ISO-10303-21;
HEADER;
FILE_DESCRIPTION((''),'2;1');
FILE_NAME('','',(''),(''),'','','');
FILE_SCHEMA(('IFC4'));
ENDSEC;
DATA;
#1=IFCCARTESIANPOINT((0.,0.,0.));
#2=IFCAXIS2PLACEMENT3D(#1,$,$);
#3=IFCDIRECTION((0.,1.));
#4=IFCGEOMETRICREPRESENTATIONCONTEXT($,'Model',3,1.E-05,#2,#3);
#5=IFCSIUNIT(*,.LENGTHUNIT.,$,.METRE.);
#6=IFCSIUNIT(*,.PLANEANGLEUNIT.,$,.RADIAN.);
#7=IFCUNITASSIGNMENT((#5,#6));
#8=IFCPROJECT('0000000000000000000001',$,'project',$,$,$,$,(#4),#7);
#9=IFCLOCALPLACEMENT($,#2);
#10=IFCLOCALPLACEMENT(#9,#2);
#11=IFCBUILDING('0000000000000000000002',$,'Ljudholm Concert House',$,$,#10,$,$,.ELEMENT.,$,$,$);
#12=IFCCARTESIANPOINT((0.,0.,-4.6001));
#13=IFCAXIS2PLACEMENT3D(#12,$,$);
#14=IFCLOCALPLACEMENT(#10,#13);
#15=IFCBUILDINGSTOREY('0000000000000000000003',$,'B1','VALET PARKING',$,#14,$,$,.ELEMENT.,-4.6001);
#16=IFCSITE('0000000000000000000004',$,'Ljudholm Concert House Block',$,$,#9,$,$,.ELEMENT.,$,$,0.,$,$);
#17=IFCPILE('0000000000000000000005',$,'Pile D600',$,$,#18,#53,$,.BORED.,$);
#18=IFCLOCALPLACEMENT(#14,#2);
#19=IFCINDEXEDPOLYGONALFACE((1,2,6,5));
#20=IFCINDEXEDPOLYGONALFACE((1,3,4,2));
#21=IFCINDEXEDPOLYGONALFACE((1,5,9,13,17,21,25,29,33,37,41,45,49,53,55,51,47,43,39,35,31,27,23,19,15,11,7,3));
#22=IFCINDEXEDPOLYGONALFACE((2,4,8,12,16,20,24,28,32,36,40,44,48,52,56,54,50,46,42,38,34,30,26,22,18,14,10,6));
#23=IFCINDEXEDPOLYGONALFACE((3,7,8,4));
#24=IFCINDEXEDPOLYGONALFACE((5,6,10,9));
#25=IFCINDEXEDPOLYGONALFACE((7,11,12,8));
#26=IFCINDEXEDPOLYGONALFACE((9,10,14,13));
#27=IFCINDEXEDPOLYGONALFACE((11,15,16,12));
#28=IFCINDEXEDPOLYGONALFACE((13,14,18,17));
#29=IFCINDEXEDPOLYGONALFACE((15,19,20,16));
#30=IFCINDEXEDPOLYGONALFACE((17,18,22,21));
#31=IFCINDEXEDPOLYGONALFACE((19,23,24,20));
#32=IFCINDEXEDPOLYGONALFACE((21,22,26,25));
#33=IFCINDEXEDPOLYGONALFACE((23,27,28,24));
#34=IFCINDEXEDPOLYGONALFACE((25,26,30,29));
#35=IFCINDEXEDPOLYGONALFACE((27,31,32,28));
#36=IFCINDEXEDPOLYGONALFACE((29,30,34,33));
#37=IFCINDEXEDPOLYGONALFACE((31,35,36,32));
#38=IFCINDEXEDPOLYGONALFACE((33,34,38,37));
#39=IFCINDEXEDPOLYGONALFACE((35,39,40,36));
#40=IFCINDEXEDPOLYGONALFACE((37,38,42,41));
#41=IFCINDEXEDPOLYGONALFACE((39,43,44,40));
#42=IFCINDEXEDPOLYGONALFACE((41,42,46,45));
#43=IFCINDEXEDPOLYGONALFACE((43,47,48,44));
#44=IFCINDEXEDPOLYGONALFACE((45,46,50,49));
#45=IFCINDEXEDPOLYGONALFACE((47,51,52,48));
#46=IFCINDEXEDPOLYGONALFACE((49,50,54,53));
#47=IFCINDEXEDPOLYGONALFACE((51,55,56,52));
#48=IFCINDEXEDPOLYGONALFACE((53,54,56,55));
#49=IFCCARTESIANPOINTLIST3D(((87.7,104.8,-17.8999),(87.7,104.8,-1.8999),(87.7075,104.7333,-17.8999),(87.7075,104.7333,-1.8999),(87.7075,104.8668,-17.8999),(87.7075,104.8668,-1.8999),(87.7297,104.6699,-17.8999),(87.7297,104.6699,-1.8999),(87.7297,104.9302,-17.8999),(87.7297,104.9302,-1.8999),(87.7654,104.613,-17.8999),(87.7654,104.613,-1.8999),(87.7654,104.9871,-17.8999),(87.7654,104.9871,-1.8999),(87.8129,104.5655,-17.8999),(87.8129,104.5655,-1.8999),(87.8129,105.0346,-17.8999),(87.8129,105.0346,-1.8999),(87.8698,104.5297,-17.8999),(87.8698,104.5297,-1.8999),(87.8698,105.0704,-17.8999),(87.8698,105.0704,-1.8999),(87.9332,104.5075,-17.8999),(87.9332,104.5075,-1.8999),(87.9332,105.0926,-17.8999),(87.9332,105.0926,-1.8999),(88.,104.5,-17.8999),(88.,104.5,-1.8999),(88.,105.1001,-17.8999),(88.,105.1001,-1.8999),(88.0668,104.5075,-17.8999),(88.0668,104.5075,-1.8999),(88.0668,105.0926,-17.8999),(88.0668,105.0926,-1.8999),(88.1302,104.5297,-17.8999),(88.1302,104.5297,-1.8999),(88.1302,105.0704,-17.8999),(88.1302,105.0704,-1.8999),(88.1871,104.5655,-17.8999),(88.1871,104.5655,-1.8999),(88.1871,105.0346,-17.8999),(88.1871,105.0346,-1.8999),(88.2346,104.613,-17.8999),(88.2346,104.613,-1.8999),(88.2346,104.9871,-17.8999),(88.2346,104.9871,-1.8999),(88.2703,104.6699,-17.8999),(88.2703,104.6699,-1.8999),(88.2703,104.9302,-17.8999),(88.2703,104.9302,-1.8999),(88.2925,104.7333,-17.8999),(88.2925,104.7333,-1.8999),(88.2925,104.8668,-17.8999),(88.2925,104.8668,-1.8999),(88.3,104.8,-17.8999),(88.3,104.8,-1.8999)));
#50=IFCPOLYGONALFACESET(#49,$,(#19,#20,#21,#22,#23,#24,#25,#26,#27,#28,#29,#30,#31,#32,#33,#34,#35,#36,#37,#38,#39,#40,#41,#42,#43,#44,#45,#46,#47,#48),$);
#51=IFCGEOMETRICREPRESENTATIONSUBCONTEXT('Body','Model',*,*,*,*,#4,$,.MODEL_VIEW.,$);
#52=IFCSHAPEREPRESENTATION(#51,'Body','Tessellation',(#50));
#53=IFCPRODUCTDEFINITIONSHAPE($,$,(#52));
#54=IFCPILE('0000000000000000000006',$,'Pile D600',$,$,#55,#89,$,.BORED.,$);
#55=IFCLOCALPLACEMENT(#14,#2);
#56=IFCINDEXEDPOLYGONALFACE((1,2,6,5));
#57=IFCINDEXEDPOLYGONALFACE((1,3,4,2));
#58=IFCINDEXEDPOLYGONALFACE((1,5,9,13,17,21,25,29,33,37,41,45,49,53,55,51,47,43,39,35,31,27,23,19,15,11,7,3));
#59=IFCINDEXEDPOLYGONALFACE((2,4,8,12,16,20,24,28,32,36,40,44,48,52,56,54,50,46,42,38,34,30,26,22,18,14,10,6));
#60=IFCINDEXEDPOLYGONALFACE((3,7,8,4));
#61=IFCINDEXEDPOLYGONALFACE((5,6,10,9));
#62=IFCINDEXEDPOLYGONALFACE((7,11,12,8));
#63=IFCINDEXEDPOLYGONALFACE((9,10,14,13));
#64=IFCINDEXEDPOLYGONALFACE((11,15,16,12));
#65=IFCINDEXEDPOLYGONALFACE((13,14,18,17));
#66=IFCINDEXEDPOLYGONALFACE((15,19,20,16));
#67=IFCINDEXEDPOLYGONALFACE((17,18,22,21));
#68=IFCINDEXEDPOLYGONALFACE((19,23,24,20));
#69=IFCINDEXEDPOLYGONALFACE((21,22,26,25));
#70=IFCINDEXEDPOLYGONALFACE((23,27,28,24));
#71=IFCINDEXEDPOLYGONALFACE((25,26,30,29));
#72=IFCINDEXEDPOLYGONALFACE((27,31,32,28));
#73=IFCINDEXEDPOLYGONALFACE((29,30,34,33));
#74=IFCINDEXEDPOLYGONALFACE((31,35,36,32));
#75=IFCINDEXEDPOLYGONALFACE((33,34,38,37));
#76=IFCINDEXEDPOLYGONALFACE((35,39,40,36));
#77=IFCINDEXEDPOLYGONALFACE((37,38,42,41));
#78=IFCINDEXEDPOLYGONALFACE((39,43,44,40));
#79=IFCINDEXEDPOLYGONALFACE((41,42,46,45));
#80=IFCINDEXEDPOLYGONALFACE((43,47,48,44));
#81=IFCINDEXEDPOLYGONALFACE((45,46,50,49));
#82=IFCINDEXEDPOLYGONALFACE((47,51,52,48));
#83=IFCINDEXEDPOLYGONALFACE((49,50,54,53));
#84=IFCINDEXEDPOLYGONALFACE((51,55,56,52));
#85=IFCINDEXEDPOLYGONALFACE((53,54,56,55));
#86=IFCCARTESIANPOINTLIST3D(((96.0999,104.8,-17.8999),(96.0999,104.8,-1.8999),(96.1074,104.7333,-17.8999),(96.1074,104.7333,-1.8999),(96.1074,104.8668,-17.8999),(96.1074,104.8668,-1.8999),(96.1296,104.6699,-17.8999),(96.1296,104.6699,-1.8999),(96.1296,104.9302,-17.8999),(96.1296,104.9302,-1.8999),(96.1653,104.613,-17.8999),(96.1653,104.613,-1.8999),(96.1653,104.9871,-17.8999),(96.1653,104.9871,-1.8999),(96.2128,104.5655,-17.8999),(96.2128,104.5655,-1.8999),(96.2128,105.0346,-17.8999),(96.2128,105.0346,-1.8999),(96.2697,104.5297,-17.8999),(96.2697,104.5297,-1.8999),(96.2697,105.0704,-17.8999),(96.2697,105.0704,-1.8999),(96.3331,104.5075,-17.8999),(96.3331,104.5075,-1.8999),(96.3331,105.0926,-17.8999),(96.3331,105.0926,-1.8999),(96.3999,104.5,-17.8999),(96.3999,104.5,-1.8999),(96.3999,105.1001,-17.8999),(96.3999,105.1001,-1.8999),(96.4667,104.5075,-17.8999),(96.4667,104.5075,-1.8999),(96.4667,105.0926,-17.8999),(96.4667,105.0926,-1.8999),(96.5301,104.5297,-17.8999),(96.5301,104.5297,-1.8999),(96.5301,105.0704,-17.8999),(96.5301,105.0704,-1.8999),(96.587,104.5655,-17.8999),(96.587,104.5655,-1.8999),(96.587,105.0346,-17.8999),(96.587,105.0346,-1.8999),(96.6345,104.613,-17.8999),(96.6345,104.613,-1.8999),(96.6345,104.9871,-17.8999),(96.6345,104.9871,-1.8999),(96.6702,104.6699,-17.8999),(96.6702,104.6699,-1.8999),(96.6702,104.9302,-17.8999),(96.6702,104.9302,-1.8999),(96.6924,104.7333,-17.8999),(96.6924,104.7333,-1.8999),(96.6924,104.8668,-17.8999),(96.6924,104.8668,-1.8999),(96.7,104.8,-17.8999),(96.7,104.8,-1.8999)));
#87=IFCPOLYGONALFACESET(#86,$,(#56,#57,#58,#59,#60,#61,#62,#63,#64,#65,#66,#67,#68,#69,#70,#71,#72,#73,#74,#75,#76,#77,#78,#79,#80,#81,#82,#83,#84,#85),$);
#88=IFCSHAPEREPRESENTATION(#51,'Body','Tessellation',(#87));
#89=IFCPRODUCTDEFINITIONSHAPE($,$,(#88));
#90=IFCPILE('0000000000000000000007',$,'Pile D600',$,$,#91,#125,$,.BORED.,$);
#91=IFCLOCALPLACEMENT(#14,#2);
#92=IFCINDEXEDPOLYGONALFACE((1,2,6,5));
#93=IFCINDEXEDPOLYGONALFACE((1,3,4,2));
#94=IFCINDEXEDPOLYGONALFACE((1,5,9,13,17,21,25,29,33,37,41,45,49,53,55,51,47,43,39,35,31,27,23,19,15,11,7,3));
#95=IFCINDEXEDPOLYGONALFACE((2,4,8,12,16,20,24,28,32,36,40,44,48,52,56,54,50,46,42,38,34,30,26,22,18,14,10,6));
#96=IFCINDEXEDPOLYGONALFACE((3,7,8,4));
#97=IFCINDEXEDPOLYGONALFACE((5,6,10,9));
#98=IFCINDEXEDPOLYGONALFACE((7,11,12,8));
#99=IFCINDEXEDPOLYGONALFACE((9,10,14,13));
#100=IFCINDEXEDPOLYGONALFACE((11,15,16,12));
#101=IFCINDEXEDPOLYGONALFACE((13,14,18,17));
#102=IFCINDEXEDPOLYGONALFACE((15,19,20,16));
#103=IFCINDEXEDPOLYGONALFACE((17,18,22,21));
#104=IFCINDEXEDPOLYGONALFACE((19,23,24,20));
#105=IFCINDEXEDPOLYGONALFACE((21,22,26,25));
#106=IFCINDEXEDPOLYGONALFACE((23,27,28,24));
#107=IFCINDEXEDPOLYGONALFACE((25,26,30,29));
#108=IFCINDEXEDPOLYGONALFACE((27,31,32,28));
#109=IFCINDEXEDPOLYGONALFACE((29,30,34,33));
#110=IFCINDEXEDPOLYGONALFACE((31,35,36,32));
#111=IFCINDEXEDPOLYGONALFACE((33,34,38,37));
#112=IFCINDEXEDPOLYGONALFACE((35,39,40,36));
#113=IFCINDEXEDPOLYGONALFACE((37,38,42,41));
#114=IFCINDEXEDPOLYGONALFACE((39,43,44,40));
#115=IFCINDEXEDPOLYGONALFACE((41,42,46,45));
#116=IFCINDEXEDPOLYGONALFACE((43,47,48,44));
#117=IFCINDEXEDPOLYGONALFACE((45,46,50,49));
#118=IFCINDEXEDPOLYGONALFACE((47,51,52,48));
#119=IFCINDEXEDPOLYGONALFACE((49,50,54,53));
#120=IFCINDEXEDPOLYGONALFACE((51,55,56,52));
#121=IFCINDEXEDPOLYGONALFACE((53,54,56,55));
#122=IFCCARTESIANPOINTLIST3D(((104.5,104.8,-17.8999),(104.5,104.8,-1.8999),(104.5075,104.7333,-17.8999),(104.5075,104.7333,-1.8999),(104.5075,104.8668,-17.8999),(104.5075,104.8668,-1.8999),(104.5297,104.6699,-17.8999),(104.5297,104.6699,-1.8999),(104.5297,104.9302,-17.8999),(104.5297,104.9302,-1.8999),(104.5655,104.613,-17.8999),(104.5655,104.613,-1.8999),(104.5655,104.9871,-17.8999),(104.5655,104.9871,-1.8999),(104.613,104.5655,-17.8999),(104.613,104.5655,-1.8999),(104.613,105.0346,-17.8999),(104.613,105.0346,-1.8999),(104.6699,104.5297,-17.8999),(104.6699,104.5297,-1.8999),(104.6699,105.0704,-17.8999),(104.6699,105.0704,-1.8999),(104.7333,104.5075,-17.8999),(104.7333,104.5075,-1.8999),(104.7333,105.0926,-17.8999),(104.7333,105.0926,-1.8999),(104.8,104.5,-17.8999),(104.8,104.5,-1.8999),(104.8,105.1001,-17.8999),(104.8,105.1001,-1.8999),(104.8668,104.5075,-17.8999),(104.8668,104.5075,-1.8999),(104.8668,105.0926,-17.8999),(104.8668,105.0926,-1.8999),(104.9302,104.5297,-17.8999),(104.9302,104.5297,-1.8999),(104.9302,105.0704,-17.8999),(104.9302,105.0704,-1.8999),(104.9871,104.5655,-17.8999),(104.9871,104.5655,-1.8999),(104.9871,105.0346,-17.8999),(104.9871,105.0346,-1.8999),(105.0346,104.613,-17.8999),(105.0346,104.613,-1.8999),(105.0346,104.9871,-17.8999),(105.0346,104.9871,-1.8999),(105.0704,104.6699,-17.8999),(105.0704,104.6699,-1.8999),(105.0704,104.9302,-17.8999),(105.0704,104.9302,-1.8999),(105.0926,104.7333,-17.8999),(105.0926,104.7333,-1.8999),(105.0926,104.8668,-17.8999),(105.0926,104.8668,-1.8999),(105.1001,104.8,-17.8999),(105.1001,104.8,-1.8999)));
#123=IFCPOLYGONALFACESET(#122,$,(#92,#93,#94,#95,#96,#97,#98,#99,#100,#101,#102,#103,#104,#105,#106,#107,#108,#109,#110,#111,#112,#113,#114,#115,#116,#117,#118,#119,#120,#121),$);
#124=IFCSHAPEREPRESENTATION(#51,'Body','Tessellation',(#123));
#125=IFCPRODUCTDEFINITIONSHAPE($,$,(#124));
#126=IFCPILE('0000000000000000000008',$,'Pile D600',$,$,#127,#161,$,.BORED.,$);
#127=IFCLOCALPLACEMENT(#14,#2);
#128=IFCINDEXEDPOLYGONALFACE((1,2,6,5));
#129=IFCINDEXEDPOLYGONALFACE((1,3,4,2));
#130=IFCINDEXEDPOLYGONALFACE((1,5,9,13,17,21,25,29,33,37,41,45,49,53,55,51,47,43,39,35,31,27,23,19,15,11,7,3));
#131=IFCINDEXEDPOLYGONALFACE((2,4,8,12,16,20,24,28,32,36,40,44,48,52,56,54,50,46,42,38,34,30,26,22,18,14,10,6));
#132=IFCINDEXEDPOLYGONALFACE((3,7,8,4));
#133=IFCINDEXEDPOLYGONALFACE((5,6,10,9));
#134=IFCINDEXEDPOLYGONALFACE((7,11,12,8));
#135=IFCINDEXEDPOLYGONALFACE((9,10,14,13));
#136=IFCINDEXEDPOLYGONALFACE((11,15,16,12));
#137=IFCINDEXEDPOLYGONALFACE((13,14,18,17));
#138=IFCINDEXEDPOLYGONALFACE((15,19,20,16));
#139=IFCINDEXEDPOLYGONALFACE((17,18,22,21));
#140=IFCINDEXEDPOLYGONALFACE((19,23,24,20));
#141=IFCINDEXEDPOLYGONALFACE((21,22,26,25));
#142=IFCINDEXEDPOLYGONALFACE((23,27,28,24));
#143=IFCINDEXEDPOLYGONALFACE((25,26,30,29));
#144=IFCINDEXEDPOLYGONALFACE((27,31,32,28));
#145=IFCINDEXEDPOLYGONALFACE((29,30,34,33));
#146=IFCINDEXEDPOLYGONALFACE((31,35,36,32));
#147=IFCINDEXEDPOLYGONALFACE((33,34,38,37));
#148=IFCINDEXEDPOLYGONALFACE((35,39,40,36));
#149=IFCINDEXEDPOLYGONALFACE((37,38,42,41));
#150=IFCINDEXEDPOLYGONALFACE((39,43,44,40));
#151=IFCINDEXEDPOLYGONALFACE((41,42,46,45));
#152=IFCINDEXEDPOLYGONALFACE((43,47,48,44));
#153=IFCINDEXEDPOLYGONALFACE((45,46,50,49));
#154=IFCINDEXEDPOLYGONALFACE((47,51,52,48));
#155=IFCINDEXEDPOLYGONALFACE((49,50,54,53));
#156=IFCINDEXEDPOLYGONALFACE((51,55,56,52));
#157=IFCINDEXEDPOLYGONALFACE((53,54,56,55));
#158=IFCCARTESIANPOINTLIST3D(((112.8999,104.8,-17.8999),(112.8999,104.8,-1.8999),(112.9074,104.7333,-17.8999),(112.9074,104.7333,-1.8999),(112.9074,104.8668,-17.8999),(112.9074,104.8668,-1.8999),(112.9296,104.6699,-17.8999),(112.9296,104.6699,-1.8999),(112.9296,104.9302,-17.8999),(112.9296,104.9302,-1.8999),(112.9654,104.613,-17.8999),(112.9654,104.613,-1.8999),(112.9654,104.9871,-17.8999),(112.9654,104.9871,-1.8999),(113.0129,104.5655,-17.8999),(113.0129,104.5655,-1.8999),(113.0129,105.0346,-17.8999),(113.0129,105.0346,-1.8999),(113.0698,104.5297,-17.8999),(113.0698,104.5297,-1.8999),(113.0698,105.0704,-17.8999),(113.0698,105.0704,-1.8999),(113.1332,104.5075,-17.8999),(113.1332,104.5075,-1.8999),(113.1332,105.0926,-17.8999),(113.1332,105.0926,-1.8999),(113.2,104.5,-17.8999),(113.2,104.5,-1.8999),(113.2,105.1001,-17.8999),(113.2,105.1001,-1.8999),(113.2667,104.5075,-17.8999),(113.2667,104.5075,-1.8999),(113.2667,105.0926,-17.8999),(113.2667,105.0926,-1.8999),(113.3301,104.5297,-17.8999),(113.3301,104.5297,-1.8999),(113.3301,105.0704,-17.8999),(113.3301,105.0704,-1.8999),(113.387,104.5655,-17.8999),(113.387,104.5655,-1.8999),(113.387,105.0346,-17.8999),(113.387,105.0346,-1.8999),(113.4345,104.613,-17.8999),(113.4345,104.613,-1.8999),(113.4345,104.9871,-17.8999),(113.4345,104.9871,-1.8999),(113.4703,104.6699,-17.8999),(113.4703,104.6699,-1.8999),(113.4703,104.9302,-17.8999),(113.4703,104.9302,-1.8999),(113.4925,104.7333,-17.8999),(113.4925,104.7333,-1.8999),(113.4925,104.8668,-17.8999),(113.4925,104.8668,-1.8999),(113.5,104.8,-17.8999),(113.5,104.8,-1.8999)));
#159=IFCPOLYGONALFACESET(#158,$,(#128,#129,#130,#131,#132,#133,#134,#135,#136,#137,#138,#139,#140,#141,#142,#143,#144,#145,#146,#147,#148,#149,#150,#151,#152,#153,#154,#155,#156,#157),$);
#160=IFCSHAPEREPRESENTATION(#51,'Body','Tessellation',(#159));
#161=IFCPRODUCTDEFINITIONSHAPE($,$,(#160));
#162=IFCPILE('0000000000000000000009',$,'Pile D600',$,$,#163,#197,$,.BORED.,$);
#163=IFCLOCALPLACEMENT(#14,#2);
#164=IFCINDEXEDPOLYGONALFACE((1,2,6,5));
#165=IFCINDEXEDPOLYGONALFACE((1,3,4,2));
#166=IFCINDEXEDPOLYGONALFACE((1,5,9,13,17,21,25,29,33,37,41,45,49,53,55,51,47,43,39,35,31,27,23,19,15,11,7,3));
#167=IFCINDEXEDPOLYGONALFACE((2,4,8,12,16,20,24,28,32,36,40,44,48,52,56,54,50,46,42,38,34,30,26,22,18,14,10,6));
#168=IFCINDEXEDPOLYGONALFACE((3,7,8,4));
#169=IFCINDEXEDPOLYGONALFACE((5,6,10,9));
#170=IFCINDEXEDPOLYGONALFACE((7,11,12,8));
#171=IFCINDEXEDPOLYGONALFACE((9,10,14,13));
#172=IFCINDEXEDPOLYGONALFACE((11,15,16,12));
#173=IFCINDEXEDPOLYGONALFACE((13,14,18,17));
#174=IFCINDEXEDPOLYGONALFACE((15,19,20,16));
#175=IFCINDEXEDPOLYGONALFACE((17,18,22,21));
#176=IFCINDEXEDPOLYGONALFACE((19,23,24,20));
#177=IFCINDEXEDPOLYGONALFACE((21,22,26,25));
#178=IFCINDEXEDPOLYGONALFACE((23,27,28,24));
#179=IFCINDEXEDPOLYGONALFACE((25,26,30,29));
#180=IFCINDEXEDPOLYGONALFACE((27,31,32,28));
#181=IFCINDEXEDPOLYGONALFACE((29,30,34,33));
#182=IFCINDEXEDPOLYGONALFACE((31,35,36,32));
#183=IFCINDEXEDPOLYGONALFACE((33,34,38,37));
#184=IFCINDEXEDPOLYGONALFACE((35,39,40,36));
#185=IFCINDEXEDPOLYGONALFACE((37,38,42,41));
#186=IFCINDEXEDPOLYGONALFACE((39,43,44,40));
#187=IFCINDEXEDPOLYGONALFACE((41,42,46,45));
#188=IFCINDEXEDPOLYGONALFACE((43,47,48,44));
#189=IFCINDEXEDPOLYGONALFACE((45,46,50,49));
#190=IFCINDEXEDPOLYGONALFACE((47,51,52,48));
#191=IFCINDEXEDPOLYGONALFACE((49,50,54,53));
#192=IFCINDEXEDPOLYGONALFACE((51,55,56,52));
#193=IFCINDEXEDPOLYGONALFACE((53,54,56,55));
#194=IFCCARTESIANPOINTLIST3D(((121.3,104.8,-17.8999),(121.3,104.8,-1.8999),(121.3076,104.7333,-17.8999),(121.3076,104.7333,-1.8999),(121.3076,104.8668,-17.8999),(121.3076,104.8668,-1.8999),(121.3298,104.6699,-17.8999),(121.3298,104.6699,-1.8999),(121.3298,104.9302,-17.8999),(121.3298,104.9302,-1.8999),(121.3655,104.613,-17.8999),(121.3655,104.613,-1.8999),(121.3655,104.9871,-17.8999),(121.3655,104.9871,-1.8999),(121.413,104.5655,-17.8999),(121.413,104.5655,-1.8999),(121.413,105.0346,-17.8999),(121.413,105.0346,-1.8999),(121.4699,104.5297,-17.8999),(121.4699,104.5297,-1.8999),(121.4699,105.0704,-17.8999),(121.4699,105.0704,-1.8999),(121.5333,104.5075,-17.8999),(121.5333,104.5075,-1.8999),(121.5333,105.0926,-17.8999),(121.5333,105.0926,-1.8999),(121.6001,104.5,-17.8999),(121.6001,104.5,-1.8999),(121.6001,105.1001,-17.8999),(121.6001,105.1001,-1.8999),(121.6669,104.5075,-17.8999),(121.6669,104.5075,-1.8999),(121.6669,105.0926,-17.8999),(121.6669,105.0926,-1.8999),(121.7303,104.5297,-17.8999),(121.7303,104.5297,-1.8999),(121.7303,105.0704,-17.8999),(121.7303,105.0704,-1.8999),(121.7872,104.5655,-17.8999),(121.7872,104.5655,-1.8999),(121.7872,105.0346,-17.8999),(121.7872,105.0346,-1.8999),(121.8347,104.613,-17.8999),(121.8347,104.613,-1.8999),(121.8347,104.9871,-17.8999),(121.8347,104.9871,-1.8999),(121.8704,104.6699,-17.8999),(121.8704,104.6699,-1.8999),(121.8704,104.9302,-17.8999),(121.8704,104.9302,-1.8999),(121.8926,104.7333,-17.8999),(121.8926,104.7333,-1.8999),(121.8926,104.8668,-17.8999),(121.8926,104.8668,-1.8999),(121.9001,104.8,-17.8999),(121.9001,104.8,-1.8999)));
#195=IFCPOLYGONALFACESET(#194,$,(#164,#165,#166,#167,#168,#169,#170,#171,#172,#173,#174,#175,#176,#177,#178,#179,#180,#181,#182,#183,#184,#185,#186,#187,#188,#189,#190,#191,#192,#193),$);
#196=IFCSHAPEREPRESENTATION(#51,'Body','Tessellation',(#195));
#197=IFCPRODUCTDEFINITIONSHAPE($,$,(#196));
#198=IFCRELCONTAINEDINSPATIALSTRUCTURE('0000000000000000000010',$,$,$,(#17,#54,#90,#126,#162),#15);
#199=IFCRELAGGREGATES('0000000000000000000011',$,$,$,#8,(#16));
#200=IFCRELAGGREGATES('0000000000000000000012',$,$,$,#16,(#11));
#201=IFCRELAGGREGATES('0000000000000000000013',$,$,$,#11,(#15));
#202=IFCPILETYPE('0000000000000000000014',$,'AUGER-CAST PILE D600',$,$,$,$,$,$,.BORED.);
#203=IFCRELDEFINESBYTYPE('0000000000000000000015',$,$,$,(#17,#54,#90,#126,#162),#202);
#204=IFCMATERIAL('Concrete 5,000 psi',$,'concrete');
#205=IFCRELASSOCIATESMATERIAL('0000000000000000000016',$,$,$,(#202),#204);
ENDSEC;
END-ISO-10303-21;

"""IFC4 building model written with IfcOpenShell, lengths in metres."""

from ifc_helpers import new_model, si_unit, direction, frame, origin, origin_2d, place, context, subcontext, project, spatial, circle, extrude, material, material_profile, profile_set, type_object, element, save


model = new_model("IFC4")

# Units and contexts
model_context = context("Model", 3, precision=1e-05, world=origin(), true_north=direction((0.0, 1.0)))
body_context = subcontext(model_context, "Body", "Model", "MODEL_VIEW")
ifc_project = project(units=[si_unit("LENGTHUNIT", "METRE"), si_unit("PLANEANGLEUNIT", "RADIAN")], contexts=[model_context])

# Site, building, storey
site_placement = place(None, origin())
site = spatial("IfcSite", under=ifc_project, at=site_placement, Name="Ljudholm Concert House Block", CompositionType="ELEMENT", RefElevation=0.0)
building_placement = place(site_placement, origin())
building = spatial("IfcBuilding", under=site, at=building_placement, Name="Ljudholm Concert House", CompositionType="ELEMENT")
storey_placement = place(building_placement, frame((0.0, 0.0, -4.6001)))
storey = spatial("IfcBuildingStorey", under=building, at=storey_placement, Name="B1", Description="VALET PARKING", CompositionType="ELEMENT", Elevation=-4.6001)

# Piles
ifc_material_1 = material(Name="Concrete 5,000 psi", Category="concrete")
ifc_material_profile_1 = material_profile(ifc_material_1, circle(Radius=0.3, at=origin_2d()), Name="AUGER-CAST PILE D600")
ifc_profile_set_1 = profile_set([ifc_material_profile_1], Name="Concrete 5,000 psi")
pile_type = type_object("IfcPileType", Name="AUGER-CAST PILE D600", PredefinedType="BORED", material=ifc_profile_set_1)
for number, where, z_axis, x_axis, name in (
    (1, (88.0, 104.8, -1.8999), (0.0, 0.0, -1.0), (1.0, 0.0, 0.0), "Pile D600"),
    (2, (96.3999, 104.8, -1.8999), (0.0, 0.0, -1.0), (1.0, 0.0, 0.0), "Pile D600"),
    (3, (104.8, 104.8, -1.8999), (0.0, 0.0, -1.0), (1.0, 0.0, 0.0), "Pile D600"),
    (4, (113.2, 104.8, -1.8999), (0.0, 0.0, -1.0), (1.0, 0.0, 0.0), "Pile D600"),
    (5, (121.6001, 104.8, -1.8999), (0.0, 0.0, -1.0), (1.0, 0.0, 0.0), "Pile D600"),
):
    element("IfcPile", number, at=place(storey_placement, frame(where, z_axis=z_axis, x_axis=x_axis)), inside=storey, type_object=pile_type, Name=name, PredefinedType="BORED", context=body_context, shape_type="SweptSolid", body=[
        extrude(circle(Radius=0.3, at=origin_2d()), origin(), (0.0, 0.0, 1.0), 16.0),
    ])

save(model, "model.ifc")
